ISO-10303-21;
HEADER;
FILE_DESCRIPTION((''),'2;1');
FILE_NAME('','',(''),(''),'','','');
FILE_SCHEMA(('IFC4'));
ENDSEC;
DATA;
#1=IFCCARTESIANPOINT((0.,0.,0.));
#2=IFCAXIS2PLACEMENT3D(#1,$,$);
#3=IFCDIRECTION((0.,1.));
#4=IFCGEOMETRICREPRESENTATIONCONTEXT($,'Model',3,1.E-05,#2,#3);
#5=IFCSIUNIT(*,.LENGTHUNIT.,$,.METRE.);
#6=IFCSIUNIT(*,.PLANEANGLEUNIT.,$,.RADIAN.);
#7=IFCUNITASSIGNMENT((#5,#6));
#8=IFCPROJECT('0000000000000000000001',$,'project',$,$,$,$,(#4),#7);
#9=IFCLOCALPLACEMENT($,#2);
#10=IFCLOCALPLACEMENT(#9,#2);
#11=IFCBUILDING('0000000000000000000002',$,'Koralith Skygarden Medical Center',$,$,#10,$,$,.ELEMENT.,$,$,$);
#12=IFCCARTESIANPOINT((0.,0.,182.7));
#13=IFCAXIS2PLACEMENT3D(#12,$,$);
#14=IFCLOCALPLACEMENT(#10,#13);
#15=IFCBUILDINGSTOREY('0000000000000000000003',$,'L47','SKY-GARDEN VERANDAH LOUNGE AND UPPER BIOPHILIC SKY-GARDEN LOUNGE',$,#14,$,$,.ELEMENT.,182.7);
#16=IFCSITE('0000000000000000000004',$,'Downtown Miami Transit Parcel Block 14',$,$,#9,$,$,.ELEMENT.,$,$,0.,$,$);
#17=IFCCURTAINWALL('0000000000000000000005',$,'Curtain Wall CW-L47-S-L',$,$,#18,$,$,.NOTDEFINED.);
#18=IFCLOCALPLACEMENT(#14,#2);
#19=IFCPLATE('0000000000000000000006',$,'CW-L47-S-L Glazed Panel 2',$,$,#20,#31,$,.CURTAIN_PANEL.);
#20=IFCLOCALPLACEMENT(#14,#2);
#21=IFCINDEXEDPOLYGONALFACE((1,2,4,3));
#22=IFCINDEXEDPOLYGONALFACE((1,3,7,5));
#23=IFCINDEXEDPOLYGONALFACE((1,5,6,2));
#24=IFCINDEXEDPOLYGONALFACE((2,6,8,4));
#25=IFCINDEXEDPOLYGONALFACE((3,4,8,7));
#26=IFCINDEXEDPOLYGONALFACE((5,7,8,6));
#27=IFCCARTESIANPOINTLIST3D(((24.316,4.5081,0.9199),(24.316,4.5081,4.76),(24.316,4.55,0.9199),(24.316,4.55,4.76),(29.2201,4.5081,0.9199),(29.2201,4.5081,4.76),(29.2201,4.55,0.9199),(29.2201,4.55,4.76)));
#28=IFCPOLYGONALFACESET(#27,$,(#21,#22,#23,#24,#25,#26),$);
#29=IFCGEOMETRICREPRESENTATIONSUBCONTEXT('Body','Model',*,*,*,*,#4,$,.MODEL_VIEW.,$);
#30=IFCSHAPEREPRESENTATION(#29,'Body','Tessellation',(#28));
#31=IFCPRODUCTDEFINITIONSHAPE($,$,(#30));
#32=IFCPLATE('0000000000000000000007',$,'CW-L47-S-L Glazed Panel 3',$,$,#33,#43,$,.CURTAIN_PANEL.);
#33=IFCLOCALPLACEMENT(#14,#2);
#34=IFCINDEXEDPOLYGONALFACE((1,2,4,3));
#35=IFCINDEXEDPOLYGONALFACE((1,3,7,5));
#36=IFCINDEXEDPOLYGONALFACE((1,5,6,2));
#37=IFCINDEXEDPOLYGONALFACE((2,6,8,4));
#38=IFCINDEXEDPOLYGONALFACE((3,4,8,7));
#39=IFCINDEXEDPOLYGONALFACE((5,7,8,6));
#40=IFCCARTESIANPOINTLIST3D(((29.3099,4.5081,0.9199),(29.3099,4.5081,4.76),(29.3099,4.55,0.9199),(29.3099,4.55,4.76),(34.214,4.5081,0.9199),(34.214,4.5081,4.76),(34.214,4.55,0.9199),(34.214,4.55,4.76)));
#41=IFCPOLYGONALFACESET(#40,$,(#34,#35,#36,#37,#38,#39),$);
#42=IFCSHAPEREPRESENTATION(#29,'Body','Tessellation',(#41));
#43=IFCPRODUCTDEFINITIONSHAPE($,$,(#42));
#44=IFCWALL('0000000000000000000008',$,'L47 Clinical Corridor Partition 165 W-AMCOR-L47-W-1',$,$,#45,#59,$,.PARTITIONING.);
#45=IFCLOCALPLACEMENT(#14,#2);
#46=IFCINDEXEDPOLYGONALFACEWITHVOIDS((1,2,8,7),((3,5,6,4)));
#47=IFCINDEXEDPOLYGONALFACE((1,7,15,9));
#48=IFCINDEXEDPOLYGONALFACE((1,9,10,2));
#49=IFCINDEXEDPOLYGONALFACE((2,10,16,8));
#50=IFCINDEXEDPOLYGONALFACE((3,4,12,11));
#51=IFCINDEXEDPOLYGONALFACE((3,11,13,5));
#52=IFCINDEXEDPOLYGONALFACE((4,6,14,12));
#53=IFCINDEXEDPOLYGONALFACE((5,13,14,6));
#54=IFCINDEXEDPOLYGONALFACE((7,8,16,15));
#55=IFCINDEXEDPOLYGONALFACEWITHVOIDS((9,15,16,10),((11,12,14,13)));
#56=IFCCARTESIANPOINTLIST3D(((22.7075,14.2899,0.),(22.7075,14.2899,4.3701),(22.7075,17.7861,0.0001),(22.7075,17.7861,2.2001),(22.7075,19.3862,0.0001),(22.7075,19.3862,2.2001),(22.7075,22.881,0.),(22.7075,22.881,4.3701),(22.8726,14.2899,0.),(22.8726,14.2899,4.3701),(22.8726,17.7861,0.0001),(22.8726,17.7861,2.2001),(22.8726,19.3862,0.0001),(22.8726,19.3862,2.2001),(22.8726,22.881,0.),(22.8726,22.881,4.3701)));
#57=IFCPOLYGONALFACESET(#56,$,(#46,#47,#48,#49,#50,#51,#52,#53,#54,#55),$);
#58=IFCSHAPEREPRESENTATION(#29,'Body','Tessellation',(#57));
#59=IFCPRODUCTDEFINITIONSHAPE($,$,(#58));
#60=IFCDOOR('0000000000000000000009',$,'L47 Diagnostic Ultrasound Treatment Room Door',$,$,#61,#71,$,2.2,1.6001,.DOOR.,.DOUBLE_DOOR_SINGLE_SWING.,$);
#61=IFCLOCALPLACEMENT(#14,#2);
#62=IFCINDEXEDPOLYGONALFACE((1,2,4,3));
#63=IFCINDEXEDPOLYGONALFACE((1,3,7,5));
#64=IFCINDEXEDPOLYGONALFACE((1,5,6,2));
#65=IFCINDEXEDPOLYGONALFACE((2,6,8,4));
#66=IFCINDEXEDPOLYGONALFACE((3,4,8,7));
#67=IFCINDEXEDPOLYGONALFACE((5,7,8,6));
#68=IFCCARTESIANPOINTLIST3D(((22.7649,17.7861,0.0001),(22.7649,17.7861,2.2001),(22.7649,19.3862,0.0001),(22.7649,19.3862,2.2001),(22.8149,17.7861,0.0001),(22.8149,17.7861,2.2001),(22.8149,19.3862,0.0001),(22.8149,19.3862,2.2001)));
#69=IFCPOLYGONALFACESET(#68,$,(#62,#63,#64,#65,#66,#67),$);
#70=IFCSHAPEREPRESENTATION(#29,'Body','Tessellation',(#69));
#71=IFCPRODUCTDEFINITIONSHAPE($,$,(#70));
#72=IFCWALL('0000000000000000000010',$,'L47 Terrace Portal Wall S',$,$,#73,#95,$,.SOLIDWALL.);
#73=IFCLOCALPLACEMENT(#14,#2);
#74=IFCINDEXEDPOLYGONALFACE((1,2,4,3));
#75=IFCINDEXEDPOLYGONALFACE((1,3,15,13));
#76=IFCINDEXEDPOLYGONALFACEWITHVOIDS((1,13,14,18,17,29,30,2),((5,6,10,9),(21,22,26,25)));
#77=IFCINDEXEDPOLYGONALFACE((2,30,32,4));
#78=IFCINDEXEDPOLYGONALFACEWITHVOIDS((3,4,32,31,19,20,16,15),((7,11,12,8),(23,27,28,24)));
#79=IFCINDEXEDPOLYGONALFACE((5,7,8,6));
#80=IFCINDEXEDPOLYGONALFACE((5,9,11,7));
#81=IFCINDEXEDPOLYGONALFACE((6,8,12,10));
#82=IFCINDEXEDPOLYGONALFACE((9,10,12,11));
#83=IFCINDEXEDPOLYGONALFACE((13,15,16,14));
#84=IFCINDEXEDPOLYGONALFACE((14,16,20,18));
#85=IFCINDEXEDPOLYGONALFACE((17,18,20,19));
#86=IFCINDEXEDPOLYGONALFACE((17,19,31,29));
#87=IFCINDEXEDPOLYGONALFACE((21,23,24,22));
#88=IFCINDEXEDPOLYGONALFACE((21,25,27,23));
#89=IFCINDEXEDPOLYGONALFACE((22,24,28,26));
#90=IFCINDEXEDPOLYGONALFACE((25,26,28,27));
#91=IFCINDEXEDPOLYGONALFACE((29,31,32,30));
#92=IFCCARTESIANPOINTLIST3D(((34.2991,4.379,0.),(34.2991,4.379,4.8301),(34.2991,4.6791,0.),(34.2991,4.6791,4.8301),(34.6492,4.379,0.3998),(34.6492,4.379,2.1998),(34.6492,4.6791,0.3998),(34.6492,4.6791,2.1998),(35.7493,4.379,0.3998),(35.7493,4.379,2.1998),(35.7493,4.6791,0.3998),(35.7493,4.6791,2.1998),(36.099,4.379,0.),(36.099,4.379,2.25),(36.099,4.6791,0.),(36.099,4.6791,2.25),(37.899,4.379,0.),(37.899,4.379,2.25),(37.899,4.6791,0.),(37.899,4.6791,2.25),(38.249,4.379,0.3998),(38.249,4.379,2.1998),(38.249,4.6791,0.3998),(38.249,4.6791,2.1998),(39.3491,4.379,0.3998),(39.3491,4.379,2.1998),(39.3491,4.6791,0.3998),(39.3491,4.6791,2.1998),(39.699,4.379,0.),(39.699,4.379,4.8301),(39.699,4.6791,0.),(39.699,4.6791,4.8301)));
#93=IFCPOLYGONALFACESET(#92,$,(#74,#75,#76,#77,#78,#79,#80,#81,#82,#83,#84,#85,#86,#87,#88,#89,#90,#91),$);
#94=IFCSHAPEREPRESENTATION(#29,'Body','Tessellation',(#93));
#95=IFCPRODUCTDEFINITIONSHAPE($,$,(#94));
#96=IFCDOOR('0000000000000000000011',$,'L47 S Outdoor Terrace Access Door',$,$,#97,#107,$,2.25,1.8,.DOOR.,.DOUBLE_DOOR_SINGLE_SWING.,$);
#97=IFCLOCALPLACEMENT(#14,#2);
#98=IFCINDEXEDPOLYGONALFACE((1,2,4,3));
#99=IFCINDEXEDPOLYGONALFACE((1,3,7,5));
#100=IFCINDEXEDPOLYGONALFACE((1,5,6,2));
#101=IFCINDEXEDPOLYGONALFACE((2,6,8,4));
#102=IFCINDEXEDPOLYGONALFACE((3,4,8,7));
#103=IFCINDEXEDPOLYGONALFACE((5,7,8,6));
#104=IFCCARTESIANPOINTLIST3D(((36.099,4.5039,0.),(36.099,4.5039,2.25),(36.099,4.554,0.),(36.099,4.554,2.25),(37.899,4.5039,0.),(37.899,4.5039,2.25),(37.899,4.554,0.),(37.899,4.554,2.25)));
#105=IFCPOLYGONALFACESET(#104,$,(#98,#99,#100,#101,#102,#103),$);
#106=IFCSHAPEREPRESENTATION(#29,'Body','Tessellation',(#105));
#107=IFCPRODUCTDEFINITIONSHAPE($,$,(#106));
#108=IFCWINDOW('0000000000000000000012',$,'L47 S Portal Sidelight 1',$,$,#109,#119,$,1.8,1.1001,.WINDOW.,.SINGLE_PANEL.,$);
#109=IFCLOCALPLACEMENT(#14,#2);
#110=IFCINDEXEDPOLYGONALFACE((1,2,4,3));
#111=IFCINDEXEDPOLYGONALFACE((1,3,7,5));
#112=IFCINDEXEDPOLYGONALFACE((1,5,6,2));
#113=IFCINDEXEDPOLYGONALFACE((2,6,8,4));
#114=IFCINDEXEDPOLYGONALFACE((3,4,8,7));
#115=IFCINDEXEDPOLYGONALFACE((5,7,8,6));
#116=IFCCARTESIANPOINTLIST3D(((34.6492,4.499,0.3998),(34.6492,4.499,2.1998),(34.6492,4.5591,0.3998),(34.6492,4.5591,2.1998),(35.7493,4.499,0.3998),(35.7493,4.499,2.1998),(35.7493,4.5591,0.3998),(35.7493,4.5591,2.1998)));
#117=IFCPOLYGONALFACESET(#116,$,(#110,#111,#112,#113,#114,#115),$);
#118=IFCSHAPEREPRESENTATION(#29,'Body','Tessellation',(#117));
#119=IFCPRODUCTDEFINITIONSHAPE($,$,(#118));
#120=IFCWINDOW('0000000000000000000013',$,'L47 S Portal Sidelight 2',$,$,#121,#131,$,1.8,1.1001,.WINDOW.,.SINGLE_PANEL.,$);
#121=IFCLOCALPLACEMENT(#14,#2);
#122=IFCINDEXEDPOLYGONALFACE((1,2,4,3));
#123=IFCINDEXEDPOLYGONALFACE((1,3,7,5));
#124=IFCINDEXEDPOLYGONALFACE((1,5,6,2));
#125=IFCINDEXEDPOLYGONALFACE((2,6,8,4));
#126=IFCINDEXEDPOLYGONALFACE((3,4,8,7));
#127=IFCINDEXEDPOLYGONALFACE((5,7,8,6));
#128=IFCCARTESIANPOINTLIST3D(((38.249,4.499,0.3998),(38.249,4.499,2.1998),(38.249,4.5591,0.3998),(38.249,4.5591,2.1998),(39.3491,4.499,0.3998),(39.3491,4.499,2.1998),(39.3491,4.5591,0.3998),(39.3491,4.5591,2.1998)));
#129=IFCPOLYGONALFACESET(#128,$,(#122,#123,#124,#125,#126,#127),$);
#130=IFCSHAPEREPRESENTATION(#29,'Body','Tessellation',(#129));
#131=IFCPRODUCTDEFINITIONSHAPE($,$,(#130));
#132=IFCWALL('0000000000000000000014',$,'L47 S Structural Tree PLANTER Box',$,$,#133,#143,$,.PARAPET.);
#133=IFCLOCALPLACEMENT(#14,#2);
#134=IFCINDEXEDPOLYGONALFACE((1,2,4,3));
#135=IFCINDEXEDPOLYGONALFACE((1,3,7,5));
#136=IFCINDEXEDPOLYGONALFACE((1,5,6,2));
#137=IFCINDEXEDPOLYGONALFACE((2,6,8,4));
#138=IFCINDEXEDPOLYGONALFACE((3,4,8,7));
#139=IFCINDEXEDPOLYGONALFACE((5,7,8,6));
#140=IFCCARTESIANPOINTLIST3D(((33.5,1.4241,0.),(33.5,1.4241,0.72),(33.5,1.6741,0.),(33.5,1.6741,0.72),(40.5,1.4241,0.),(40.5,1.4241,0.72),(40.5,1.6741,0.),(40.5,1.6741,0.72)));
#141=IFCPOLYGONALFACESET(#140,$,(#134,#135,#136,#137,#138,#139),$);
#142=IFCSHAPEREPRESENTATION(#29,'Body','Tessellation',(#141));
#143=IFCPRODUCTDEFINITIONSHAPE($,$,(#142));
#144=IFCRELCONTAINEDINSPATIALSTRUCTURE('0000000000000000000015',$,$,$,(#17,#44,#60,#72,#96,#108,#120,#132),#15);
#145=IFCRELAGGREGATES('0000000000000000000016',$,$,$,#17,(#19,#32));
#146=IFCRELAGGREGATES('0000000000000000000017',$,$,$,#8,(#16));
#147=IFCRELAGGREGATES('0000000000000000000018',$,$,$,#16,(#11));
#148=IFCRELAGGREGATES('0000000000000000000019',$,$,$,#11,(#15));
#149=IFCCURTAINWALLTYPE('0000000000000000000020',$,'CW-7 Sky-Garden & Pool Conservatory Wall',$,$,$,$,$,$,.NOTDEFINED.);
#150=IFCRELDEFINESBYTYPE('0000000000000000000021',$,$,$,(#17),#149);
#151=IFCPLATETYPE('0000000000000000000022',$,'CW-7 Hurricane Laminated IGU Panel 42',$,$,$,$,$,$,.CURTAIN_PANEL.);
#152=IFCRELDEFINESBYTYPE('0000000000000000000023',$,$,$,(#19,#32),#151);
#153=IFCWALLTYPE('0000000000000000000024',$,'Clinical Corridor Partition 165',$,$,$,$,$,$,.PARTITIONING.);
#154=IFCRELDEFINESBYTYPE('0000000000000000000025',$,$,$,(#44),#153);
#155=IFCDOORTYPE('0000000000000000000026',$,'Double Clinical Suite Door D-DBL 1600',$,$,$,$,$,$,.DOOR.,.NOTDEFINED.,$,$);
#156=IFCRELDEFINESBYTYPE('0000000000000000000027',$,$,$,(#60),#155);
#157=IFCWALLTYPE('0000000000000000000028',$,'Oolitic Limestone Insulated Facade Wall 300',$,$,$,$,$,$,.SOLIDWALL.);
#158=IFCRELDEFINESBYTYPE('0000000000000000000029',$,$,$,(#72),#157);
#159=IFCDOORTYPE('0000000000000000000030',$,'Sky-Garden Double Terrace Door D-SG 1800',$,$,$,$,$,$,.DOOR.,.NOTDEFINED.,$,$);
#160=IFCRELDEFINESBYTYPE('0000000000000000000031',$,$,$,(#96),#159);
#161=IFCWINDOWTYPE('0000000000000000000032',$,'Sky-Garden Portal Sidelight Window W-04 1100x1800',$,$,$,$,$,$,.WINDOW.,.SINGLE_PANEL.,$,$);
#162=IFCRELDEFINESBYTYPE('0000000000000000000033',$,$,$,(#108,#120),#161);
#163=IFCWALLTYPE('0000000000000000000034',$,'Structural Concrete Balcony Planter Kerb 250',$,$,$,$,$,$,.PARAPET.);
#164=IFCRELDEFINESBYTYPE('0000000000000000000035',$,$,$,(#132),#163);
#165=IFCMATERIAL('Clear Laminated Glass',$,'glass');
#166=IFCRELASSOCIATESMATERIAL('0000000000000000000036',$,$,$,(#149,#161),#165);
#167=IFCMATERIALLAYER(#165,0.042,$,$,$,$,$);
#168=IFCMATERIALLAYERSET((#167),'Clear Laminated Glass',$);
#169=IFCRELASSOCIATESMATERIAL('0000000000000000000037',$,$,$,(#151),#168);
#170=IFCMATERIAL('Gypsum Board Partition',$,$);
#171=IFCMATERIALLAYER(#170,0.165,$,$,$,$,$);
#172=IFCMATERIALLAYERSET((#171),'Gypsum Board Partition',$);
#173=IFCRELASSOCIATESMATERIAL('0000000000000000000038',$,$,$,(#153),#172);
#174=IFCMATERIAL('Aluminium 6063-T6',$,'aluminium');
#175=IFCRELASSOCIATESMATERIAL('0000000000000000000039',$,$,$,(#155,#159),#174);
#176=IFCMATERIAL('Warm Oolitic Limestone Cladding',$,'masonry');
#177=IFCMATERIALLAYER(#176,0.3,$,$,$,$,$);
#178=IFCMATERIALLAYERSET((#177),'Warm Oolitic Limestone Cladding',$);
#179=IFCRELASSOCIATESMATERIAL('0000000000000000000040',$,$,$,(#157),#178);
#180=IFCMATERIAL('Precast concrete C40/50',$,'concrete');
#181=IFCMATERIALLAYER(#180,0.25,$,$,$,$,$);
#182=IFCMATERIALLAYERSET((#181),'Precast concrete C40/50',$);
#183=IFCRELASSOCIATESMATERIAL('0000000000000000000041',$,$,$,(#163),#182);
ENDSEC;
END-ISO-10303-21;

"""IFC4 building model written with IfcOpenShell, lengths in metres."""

from ifc_helpers import new_model, si_unit, direction, frame, frame_2d, origin, origin_2d, place, context, subcontext, project, spatial, rectangle, extrude, material, layer, layer_set, type_object, element, fill, aggregate, save


model = new_model("IFC4")

# Units and contexts
model_context = context("Model", 3, precision=1e-05, world=origin(), true_north=direction((0.0, 1.0)))
body_context = subcontext(model_context, "Body", "Model", "MODEL_VIEW")
ifc_project = project(units=[si_unit("LENGTHUNIT", "METRE"), si_unit("PLANEANGLEUNIT", "RADIAN")], contexts=[model_context])

# Site, building, storey
site_placement = place(None, origin())
site = spatial("IfcSite", under=ifc_project, at=site_placement, Name="Downtown Miami Transit Parcel Block 14", CompositionType="ELEMENT", RefElevation=0.0)
building_placement = place(site_placement, origin())
building = spatial("IfcBuilding", under=site, at=building_placement, Name="Koralith Skygarden Medical Center", CompositionType="ELEMENT")
storey_placement = place(building_placement, frame((0.0, 0.0, 182.7)))
storey = spatial("IfcBuildingStorey", under=building, at=storey_placement, Name="L47", Description="SKY-GARDEN VERANDAH LOUNGE AND UPPER BIOPHILIC SKY-GARDEN LOUNGE", CompositionType="ELEMENT", Elevation=182.7)

# Curtain wall
ifc_material_1 = material(Name="Clear Laminated Glass", Category="glass")
curtain_wall_type = type_object("IfcCurtainWallType", Name="CW-7 Sky-Garden & Pool Conservatory Wall", PredefinedType="NOTDEFINED", material=ifc_material_1)
curtain_wall_placement = place(storey_placement, origin())
curtain_wall = element("IfcCurtainWall", 1, at=curtain_wall_placement, inside=storey, type_object=curtain_wall_type, Name="Curtain Wall CW-L47-S-L", PredefinedType="NOTDEFINED")
ifc_material_2 = material(Name="Aluminium 6063-T6", Category="aluminium")

# Plates
ifc_layer_1 = layer(ifc_material_1, 0.042)
ifc_layer_set_1 = layer_set([ifc_layer_1], Name="Clear Laminated Glass")
plate_type = type_object("IfcPlateType", Name="CW-7 Hurricane Laminated IGU Panel 42", PredefinedType="CURTAIN_PANEL", material=ifc_layer_set_1)
plate_1_placement = place(storey_placement, frame((26.7681, 4.5291, 0.9199), z_axis=(0.0, 0.0, 1.0), x_axis=(1.0, 0.0, 0.0)))
plate_1 = element("IfcPlate", 2, at=plate_1_placement, type_object=plate_type, Name="CW-L47-S-L Glazed Panel 2", PredefinedType="CURTAIN_PANEL", context=body_context, shape_type="SweptSolid", body=[
    extrude(rectangle(XDim=4.9041, YDim=0.042, at=origin_2d()), origin(), (0.0, 0.0, 1.0), 3.8401),
])
plate_2_placement = place(storey_placement, frame((31.762, 4.5291, 0.9199), z_axis=(0.0, 0.0, 1.0), x_axis=(1.0, 0.0, 0.0)))
plate_2 = element("IfcPlate", 3, at=plate_2_placement, type_object=plate_type, Name="CW-L47-S-L Glazed Panel 3", PredefinedType="CURTAIN_PANEL", context=body_context, shape_type="SweptSolid", body=[
    extrude(rectangle(XDim=4.9041, YDim=0.042, at=origin_2d()), origin(), (0.0, 0.0, 1.0), 3.8401),
])
aggregate(curtain_wall, [plate_1, plate_2])

# Wall, opening, door
ifc_material_3 = material(Name="Gypsum Board Partition")
ifc_layer_2 = layer(ifc_material_3, 0.165)
ifc_layer_set_2 = layer_set([ifc_layer_2], Name="Gypsum Board Partition")
wall_type_1 = type_object("IfcWallType", Name="Clinical Corridor Partition 165", PredefinedType="PARTITIONING", material=ifc_layer_set_2)
wall_1_placement = place(storey_placement, frame((22.79, 14.29, 0.0), z_axis=(0.0, 0.0, 1.0), x_axis=(0.0, 1.0, 0.0)))
wall_1 = element("IfcWall", 4, at=wall_1_placement, inside=storey, type_object=wall_type_1, Name="L47 Clinical Corridor Partition 165 W-AMCOR-L47-W-1", PredefinedType="PARTITIONING", context=body_context, shape_type="SweptSolid", body=[
    extrude(rectangle(XDim=8.5911, YDim=0.165, at=frame_2d((4.2954, 0.0))), origin(), (0.0, 0.0, 1.0), 4.3701),
])
opening_1_placement = place(wall_1_placement, frame((3.4961, 0.0, 0.0)))
opening_1 = element("IfcOpeningElement", 5, at=opening_1_placement, cuts=wall_1, PredefinedType="OPENING", context=body_context, shape_type="SweptSolid", body=[
    extrude(rectangle(XDim=1.6001, YDim=2.2, at=frame_2d((0.8, 1.1001))), frame((0.0, 0.0925, 0.0), z_axis=(0.0, -1.0, 0.0), x_axis=(1.0, 0.0, 0.0)), (0.0, 0.0, 1.0), 0.1851),
])
door_type_1 = type_object("IfcDoorType", Name="Double Clinical Suite Door D-DBL 1600", OperationType="NOTDEFINED", PredefinedType="DOOR", material=ifc_material_2)
door_1_placement = place(opening_1_placement, frame((1.6001, 0.0, 0.0), z_axis=(0.0, 0.0, 1.0), x_axis=(-1.0, 0.0, 0.0)))
door_1 = element("IfcDoor", 6, at=door_1_placement, inside=storey, type_object=door_type_1, Name="L47 Diagnostic Ultrasound Treatment Room Door", OperationType="DOUBLE_DOOR_SINGLE_SWING", OverallHeight=2.2, OverallWidth=1.6001, PredefinedType="DOOR", context=body_context, shape_type="SweptSolid", body=[
    extrude(rectangle(XDim=1.6001, YDim=2.2, at=frame_2d((0.8, 1.1001))), frame((0.0, 0.0249, 0.0), z_axis=(0.0, -1.0, 0.0), x_axis=(1.0, 0.0, 0.0)), (0.0, 0.0, 1.0), 0.05),
])
fill(opening_1, door_1)

# Wall, openings, door, windows
ifc_material_4 = material(Name="Warm Oolitic Limestone Cladding", Category="masonry")
ifc_layer_3 = layer(ifc_material_4, 0.3)
ifc_layer_set_3 = layer_set([ifc_layer_3], Name="Warm Oolitic Limestone Cladding")
wall_type_2 = type_object("IfcWallType", Name="Oolitic Limestone Insulated Facade Wall 300", PredefinedType="SOLIDWALL", material=ifc_layer_set_3)
wall_2_placement = place(storey_placement, frame((34.2991, 4.5291, 0.0), z_axis=(0.0, 0.0, 1.0), x_axis=(1.0, 0.0, 0.0)))
wall_2 = element("IfcWall", 7, at=wall_2_placement, inside=storey, type_object=wall_type_2, Name="L47 Terrace Portal Wall S", PredefinedType="SOLIDWALL", context=body_context, shape_type="SweptSolid", body=[
    extrude(rectangle(XDim=5.3999, YDim=0.3, at=frame_2d((2.7, 0.0))), origin(), (0.0, 0.0, 1.0), 4.8301),
])
opening_2_placement = place(wall_2_placement, frame((1.8, 0.0, 0.0)))
opening_2 = element("IfcOpeningElement", 8, at=opening_2_placement, cuts=wall_2, PredefinedType="OPENING", context=body_context, shape_type="SweptSolid", body=[
    extrude(rectangle(XDim=1.8, YDim=2.25, at=frame_2d((0.8999, 1.125))), frame((0.0, 0.1599, 0.0), z_axis=(0.0, -1.0, 0.0), x_axis=(1.0, 0.0, 0.0)), (0.0, 0.0, 1.0), 0.3201),
])
opening_3_placement = place(wall_2_placement, frame((0.3501, 0.0, 0.3999)))
opening_3 = element("IfcOpeningElement", 9, at=opening_3_placement, cuts=wall_2, PredefinedType="OPENING", context=body_context, shape_type="SweptSolid", body=[
    extrude(rectangle(XDim=1.1001, YDim=1.8, at=frame_2d((0.55, 0.8999))), frame((0.0, 0.1599, 0.0), z_axis=(0.0, -1.0, 0.0), x_axis=(1.0, 0.0, 0.0)), (0.0, 0.0, 1.0), 0.3201),
])
opening_4_placement = place(wall_2_placement, frame((3.95, 0.0, 0.3999)))
opening_4 = element("IfcOpeningElement", 10, at=opening_4_placement, cuts=wall_2, PredefinedType="OPENING", context=body_context, shape_type="SweptSolid", body=[
    extrude(rectangle(XDim=1.1001, YDim=1.8, at=frame_2d((0.55, 0.8999))), frame((0.0, 0.1599, 0.0), z_axis=(0.0, -1.0, 0.0), x_axis=(1.0, 0.0, 0.0)), (0.0, 0.0, 1.0), 0.3201),
])
door_type_2 = type_object("IfcDoorType", Name="Sky-Garden Double Terrace Door D-SG 1800", OperationType="NOTDEFINED", PredefinedType="DOOR", material=ifc_material_2)
door_2_placement = place(opening_2_placement, origin())
door_2 = element("IfcDoor", 11, at=door_2_placement, inside=storey, type_object=door_type_2, Name="L47 S Outdoor Terrace Access Door", OperationType="DOUBLE_DOOR_SINGLE_SWING", OverallHeight=2.25, OverallWidth=1.8, PredefinedType="DOOR", context=body_context, shape_type="SweptSolid", body=[
    extrude(rectangle(XDim=1.8, YDim=2.25, at=frame_2d((0.8999, 1.125))), frame((0.0, 0.0249, 0.0), z_axis=(0.0, -1.0, 0.0), x_axis=(1.0, 0.0, 0.0)), (0.0, 0.0, 1.0), 0.05),
])
fill(opening_2, door_2)
window_type = type_object("IfcWindowType", Name="Sky-Garden Portal Sidelight Window W-04 1100x1800", PartitioningType="SINGLE_PANEL", PredefinedType="WINDOW", material=ifc_material_1)
window_1_placement = place(opening_3_placement, origin())
window_1 = element("IfcWindow", 12, at=window_1_placement, inside=storey, type_object=window_type, Name="L47 S Portal Sidelight 1", OverallHeight=1.8, OverallWidth=1.1001, PartitioningType="SINGLE_PANEL", PredefinedType="WINDOW", context=body_context, shape_type="SweptSolid", body=[
    extrude(rectangle(XDim=1.1001, YDim=1.8, at=frame_2d((0.55, 0.8999))), frame((0.0, 0.03, 0.0), z_axis=(0.0, -1.0, 0.0), x_axis=(1.0, 0.0, 0.0)), (0.0, 0.0, 1.0), 0.0601),
])
fill(opening_3, window_1)
window_2_placement = place(opening_4_placement, origin())
window_2 = element("IfcWindow", 13, at=window_2_placement, inside=storey, type_object=window_type, Name="L47 S Portal Sidelight 2", OverallHeight=1.8, OverallWidth=1.1001, PartitioningType="SINGLE_PANEL", PredefinedType="WINDOW", context=body_context, shape_type="SweptSolid", body=[
    extrude(rectangle(XDim=1.1001, YDim=1.8, at=frame_2d((0.55, 0.8999))), frame((0.0, 0.03, 0.0), z_axis=(0.0, -1.0, 0.0), x_axis=(1.0, 0.0, 0.0)), (0.0, 0.0, 1.0), 0.0601),
])
fill(opening_4, window_2)

# Wall
ifc_material_5 = material(Name="Precast concrete C40/50", Category="concrete")
ifc_layer_4 = layer(ifc_material_5, 0.25)
ifc_layer_set_4 = layer_set([ifc_layer_4], Name="Precast concrete C40/50")
wall_type_3 = type_object("IfcWallType", Name="Structural Concrete Balcony Planter Kerb 250", PredefinedType="PARAPET", material=ifc_layer_set_4)
wall_3_placement = place(storey_placement, frame((33.5, 1.5491, 0.0), z_axis=(0.0, 0.0, 1.0), x_axis=(1.0, 0.0, 0.0)))
element("IfcWall", 14, at=wall_3_placement, inside=storey, type_object=wall_type_3, Name="L47 S Structural Tree PLANTER Box", PredefinedType="PARAPET", context=body_context, shape_type="SweptSolid", body=[
    extrude(rectangle(XDim=7.0, YDim=0.25, at=frame_2d((3.5, 0.0))), origin(), (0.0, 0.0, 1.0), 0.72),
])

save(model, "model.ifc")
